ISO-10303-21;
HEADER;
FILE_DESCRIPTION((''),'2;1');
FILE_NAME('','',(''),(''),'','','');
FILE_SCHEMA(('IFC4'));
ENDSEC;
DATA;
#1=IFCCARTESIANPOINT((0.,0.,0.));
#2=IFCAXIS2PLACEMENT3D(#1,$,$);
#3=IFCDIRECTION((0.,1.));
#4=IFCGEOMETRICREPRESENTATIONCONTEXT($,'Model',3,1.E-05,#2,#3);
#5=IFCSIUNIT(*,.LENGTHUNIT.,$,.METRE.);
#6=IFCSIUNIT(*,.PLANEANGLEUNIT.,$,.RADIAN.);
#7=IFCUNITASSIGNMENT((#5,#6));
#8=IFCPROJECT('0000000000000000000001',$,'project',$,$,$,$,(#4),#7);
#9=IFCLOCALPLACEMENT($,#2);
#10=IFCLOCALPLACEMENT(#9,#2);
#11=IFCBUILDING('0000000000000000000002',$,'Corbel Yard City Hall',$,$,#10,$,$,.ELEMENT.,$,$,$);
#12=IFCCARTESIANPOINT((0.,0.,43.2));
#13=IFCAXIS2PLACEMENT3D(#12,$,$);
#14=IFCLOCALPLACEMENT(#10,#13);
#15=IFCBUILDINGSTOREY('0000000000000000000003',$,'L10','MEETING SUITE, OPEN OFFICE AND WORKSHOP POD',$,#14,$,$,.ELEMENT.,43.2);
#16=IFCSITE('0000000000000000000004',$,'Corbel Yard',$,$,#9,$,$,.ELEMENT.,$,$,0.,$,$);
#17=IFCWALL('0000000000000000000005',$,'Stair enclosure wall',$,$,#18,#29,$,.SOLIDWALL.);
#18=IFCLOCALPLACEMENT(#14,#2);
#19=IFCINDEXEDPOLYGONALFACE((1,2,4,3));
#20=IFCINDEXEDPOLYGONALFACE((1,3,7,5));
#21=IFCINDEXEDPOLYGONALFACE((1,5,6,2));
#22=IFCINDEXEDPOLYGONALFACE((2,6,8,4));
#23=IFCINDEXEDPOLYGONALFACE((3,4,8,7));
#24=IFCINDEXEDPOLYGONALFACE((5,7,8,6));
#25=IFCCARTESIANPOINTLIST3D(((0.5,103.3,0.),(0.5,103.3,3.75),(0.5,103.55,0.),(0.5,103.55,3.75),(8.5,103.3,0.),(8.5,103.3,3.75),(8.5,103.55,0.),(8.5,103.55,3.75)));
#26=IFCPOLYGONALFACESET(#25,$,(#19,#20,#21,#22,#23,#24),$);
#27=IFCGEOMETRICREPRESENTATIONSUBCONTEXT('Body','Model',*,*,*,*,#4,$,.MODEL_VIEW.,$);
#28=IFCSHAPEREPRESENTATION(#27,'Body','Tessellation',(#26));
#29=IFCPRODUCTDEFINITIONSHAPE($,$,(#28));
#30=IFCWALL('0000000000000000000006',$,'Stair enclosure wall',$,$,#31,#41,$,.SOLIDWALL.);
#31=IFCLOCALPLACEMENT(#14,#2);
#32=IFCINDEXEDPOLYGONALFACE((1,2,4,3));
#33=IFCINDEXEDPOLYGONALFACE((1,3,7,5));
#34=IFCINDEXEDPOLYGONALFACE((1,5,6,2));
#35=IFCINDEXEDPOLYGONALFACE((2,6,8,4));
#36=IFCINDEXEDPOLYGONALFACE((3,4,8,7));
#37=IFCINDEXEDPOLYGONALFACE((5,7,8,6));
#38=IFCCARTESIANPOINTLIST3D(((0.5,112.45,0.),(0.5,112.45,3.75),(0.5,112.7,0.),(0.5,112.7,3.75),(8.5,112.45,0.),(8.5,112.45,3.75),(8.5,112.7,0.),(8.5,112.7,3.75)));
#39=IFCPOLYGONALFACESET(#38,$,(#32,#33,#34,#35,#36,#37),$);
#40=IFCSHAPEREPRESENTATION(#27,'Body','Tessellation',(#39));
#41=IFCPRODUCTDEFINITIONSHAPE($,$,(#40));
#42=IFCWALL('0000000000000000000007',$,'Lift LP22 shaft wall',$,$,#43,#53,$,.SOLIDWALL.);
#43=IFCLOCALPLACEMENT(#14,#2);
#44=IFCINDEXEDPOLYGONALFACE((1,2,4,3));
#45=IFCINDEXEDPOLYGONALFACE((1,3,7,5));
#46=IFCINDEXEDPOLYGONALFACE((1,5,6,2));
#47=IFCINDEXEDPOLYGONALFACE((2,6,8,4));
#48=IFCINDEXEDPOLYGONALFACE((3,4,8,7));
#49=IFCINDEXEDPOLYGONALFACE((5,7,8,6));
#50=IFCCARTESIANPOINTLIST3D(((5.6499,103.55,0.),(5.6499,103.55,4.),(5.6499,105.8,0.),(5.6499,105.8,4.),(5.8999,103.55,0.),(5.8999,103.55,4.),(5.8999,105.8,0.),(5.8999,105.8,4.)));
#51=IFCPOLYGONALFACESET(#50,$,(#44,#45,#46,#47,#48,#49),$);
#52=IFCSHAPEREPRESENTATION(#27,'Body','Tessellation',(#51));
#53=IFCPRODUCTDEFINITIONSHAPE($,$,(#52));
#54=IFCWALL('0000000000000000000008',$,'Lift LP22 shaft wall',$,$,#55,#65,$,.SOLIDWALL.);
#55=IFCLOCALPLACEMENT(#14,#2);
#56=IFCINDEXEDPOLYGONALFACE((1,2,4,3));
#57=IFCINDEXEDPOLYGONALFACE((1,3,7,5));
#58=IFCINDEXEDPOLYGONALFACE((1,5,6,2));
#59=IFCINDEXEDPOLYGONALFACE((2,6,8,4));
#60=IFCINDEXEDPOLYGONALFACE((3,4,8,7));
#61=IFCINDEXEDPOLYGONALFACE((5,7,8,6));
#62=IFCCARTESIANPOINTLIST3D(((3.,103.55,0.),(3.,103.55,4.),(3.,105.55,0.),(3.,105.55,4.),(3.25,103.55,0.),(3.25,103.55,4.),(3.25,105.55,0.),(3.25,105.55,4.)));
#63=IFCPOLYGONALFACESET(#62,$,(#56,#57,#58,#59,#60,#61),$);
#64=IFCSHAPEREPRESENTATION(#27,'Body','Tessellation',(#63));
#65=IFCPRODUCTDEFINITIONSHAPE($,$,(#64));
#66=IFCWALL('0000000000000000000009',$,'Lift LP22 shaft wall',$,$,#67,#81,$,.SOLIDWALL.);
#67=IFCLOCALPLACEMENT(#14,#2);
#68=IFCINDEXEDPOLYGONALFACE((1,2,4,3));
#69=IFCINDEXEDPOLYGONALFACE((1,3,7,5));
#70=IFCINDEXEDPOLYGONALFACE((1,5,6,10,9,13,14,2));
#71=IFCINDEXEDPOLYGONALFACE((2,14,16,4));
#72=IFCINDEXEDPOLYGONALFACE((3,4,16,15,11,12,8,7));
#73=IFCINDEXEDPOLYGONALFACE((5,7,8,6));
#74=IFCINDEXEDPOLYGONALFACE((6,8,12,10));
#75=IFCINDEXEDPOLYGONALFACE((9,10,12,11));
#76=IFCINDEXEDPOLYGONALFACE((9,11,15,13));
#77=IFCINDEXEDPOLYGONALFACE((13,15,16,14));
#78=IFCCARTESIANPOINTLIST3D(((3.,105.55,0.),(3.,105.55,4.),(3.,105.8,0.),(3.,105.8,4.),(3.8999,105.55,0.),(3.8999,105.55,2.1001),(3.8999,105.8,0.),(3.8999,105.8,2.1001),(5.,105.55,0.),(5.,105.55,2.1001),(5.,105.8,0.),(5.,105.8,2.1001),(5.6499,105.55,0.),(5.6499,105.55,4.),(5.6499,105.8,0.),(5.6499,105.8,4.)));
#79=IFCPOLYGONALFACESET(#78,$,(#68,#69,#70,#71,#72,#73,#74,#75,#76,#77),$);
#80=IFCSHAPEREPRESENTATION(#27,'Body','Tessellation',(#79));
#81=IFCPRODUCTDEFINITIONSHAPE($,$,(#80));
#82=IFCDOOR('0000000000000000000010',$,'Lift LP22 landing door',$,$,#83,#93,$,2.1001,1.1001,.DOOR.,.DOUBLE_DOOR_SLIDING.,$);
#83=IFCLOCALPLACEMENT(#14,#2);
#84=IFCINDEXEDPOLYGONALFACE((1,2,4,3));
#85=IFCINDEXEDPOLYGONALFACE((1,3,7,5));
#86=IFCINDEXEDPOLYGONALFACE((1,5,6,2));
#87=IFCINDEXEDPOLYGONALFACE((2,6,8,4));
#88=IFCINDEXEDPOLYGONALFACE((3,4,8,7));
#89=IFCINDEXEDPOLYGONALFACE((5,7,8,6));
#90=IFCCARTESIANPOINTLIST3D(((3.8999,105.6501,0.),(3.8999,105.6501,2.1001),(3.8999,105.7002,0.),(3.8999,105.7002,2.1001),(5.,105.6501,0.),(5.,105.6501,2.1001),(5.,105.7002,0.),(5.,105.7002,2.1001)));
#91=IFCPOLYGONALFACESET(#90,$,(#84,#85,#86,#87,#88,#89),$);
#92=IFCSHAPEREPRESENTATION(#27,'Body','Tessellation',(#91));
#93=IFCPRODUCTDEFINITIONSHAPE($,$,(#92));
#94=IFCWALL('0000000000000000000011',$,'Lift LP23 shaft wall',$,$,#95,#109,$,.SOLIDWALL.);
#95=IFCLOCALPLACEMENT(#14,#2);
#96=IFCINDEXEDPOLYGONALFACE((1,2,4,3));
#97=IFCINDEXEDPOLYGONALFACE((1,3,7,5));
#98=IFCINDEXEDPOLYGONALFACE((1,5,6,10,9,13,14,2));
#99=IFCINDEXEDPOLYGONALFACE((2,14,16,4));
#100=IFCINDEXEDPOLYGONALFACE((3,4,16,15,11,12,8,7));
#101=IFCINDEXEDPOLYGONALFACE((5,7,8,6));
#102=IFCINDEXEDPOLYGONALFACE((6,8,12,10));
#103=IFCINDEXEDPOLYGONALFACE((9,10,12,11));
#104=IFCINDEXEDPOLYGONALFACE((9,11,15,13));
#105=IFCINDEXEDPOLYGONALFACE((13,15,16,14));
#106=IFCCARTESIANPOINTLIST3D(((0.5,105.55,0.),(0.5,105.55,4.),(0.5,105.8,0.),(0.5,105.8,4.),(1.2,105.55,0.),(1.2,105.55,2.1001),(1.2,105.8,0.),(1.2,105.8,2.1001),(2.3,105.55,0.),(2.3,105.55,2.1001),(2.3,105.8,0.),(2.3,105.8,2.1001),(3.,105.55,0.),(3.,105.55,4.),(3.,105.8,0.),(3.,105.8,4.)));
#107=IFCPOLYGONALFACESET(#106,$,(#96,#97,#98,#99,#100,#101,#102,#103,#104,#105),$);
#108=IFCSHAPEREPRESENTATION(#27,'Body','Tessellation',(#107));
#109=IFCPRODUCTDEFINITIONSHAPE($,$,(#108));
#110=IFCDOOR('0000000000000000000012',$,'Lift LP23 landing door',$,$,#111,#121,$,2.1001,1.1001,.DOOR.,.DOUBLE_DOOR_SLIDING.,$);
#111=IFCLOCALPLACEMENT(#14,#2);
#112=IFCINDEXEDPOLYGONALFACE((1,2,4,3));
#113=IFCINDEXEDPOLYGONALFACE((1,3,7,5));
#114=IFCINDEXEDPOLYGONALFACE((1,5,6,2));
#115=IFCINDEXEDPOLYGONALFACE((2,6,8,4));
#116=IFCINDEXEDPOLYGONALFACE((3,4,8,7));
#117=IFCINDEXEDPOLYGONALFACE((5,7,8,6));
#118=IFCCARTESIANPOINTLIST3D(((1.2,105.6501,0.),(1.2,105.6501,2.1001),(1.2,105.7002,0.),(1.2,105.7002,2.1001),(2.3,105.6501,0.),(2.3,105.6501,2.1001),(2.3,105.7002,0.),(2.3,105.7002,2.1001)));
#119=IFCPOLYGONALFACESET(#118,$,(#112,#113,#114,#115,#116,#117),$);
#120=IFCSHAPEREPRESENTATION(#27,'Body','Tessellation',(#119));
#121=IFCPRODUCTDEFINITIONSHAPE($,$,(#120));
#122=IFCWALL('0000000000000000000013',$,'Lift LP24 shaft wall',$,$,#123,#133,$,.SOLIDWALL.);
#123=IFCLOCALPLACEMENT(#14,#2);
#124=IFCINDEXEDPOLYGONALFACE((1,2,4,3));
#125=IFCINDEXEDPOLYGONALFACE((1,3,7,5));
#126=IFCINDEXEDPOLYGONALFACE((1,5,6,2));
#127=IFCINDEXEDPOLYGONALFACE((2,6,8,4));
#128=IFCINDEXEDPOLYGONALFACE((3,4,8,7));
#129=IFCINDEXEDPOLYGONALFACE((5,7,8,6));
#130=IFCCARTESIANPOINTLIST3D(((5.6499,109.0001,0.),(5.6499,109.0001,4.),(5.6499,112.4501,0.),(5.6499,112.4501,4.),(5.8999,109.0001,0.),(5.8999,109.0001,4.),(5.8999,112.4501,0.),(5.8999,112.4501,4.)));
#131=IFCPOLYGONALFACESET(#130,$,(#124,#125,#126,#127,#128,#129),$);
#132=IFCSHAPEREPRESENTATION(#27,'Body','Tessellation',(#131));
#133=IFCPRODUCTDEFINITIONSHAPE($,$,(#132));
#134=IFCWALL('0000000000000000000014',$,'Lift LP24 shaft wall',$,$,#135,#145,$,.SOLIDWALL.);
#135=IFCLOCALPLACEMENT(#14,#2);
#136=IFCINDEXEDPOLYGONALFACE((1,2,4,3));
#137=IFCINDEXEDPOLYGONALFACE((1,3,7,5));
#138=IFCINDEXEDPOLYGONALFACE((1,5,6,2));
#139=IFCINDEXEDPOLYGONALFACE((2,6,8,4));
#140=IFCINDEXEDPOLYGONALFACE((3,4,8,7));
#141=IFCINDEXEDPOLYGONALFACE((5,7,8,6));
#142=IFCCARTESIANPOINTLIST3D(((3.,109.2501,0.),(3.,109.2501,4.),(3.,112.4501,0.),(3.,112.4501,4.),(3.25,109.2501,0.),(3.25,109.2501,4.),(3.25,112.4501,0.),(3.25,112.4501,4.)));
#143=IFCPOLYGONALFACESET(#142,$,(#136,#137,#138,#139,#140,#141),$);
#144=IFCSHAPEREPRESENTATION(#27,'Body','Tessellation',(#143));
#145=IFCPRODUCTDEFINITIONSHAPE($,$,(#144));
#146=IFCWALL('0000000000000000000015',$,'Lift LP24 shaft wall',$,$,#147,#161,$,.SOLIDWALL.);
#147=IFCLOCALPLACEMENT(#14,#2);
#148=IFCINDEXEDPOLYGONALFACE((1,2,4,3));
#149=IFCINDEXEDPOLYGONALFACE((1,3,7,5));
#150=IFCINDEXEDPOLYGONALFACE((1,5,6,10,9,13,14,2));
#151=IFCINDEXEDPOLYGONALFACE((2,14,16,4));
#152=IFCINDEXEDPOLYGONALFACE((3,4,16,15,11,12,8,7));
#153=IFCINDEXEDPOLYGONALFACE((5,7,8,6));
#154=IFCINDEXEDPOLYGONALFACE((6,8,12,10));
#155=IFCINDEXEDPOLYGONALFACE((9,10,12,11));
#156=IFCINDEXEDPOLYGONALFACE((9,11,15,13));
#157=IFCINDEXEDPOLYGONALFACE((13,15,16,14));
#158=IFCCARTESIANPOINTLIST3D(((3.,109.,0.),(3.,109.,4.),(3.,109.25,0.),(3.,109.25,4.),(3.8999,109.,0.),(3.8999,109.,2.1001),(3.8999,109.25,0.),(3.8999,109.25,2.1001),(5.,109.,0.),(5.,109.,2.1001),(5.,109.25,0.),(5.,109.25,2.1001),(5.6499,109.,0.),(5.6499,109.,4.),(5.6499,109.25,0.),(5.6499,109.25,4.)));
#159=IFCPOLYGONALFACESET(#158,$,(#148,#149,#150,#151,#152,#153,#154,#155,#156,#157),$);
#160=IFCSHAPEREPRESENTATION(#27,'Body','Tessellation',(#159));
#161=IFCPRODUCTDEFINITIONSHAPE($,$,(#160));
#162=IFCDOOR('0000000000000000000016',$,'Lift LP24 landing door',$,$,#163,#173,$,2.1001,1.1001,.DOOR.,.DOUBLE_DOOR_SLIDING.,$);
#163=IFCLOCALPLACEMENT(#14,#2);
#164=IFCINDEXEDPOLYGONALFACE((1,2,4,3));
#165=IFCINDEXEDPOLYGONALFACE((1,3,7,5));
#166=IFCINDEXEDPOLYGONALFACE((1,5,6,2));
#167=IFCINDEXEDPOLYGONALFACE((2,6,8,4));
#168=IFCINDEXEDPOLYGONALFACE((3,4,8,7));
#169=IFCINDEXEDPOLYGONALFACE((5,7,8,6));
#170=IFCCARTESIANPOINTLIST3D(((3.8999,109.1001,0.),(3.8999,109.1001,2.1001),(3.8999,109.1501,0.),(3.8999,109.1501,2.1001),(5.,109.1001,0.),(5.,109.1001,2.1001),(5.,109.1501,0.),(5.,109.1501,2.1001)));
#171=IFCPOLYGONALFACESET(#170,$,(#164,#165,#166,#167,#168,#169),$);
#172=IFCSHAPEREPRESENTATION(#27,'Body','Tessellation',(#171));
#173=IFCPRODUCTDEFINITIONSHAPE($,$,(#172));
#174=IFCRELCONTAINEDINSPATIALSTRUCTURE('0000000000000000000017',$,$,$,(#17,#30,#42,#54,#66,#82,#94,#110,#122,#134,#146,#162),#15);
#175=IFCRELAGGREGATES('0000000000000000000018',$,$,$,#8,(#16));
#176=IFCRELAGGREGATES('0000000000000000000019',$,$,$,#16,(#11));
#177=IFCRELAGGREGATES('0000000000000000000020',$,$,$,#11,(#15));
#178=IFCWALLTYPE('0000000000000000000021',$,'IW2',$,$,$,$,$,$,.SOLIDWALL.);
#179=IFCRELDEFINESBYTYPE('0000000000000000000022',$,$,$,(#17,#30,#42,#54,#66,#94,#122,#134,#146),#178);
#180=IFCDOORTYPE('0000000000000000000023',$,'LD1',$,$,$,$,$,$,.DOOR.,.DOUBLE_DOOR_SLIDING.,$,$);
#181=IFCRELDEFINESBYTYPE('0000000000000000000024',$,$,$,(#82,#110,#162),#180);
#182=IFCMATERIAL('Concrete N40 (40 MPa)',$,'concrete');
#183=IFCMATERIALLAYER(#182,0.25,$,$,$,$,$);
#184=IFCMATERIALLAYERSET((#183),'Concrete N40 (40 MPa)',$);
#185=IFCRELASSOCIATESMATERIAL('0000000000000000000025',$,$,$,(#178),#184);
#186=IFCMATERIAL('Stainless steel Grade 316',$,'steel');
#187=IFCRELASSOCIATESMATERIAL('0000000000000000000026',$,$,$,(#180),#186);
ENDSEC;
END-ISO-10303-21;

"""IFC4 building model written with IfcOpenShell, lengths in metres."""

from ifc_helpers import new_model, si_unit, direction, frame, frame_2d, origin, place, context, subcontext, project, spatial, rectangle, extrude, material, layer, layer_set, type_object, element, fill, save


model = new_model("IFC4")

# Units and contexts
model_context = context("Model", 3, precision=1e-05, world=origin(), true_north=direction((0.0, 1.0)))
body_context = subcontext(model_context, "Body", "Model", "MODEL_VIEW")
ifc_project = project(units=[si_unit("LENGTHUNIT", "METRE"), si_unit("PLANEANGLEUNIT", "RADIAN")], contexts=[model_context])

# Site, building, storey
site_placement = place(None, origin())
site = spatial("IfcSite", under=ifc_project, at=site_placement, Name="Corbel Yard", CompositionType="ELEMENT", RefElevation=0.0)
building_placement = place(site_placement, origin())
building = spatial("IfcBuilding", under=site, at=building_placement, Name="Corbel Yard City Hall", CompositionType="ELEMENT")
storey_placement = place(building_placement, frame((0.0, 0.0, 43.2)))
storey = spatial("IfcBuildingStorey", under=building, at=storey_placement, Name="L10", Description="MEETING SUITE, OPEN OFFICE AND WORKSHOP POD", CompositionType="ELEMENT", Elevation=43.2)

# Walls
ifc_material_1 = material(Name="Concrete N40 (40 MPa)", Category="concrete")
ifc_layer_1 = layer(ifc_material_1, 0.25)
ifc_layer_set_1 = layer_set([ifc_layer_1], Name="Concrete N40 (40 MPa)")
wall_type_1 = type_object("IfcWallType", Name="IW2", PredefinedType="SOLIDWALL", material=ifc_layer_set_1)
for number, where, z_axis, x_axis, name in (
    (1, (8.5, 103.425, 0.0), (0.0, 0.0, 1.0), (-1.0, 0.0, 0.0), "Stair enclosure wall"),
    (2, (8.5, 112.575, 0.0), (0.0, 0.0, 1.0), (-1.0, 0.0, 0.0), "Stair enclosure wall"),
):
    element("IfcWall", number, at=place(storey_placement, frame(where, z_axis=z_axis, x_axis=x_axis)), inside=storey, type_object=wall_type_1, Name=name, PredefinedType="SOLIDWALL", context=body_context, shape_type="SweptSolid", body=[
        extrude(rectangle(XDim=8.0, YDim=0.25, at=frame_2d((4.0, 0.0))), origin(), (0.0, 0.0, 1.0), 3.75),
    ])
wall_1_placement = place(storey_placement, frame((5.7749, 103.55, 0.0), z_axis=(0.0, 0.0, 1.0), x_axis=(0.0, 1.0, 0.0)))
element("IfcWall", 3, at=wall_1_placement, inside=storey, type_object=wall_type_1, Name="Lift LP22 shaft wall", PredefinedType="SOLIDWALL", context=body_context, shape_type="SweptSolid", body=[
    extrude(rectangle(XDim=2.25, YDim=0.25, at=frame_2d((1.125, 0.0))), origin(), (0.0, 0.0, 1.0), 4.0),
])
wall_2_placement = place(storey_placement, frame((3.125, 103.55, 0.0), z_axis=(0.0, 0.0, 1.0), x_axis=(0.0, 1.0, 0.0)))
element("IfcWall", 4, at=wall_2_placement, inside=storey, type_object=wall_type_1, Name="Lift LP22 shaft wall", PredefinedType="SOLIDWALL", context=body_context, shape_type="SweptSolid", body=[
    extrude(rectangle(XDim=2.0, YDim=0.25, at=frame_2d((1.0, 0.0))), origin(), (0.0, 0.0, 1.0), 4.0),
])

# Walls, openings, doors
wall_3_placement = place(storey_placement, frame((5.6499, 105.675, 0.0), z_axis=(0.0, 0.0, 1.0), x_axis=(-1.0, 0.0, 0.0)))
wall_3 = element("IfcWall", 5, at=wall_3_placement, inside=storey, type_object=wall_type_1, Name="Lift LP22 shaft wall", PredefinedType="SOLIDWALL", context=body_context, shape_type="SweptSolid", body=[
    extrude(rectangle(XDim=2.6499, YDim=0.25, at=frame_2d((1.325, 0.0))), origin(), (0.0, 0.0, 1.0), 4.0),
])
opening_1_placement = place(wall_3_placement, frame((0.6499, 0.0, 0.0)))
opening_1 = element("IfcOpeningElement", 6, at=opening_1_placement, cuts=wall_3, PredefinedType="OPENING", context=body_context, shape_type="SweptSolid", body=[
    extrude(rectangle(XDim=1.1001, YDim=2.1001, at=frame_2d((0.55, 1.05))), frame((0.0, 0.135, 0.0), z_axis=(0.0, -1.0, 0.0), x_axis=(1.0, 0.0, 0.0)), (0.0, 0.0, 1.0), 0.27),
])
ifc_material_2 = material(Name="Stainless steel Grade 316", Category="steel")
door_type_1 = type_object("IfcDoorType", Name="LD1", OperationType="DOUBLE_DOOR_SLIDING", PredefinedType="DOOR", material=ifc_material_2)
door_1_placement = place(opening_1_placement, origin())
door_1 = element("IfcDoor", 7, at=door_1_placement, inside=storey, type_object=door_type_1, Name="Lift LP22 landing door", OperationType="DOUBLE_DOOR_SLIDING", OverallHeight=2.1001, OverallWidth=1.1001, PredefinedType="DOOR", context=body_context, shape_type="SweptSolid", body=[
    extrude(rectangle(XDim=1.1001, YDim=2.1001, at=frame_2d((0.55, 1.05))), frame((0.0, 0.0249, 0.0), z_axis=(0.0, -1.0, 0.0), x_axis=(1.0, 0.0, 0.0)), (0.0, 0.0, 1.0), 0.05),
])
fill(opening_1, door_1)
wall_4_placement = place(storey_placement, frame((3.0, 105.675, 0.0), z_axis=(0.0, 0.0, 1.0), x_axis=(-1.0, 0.0, 0.0)))
wall_4 = element("IfcWall", 8, at=wall_4_placement, inside=storey, type_object=wall_type_1, Name="Lift LP23 shaft wall", PredefinedType="SOLIDWALL", context=body_context, shape_type="SweptSolid", body=[
    extrude(rectangle(XDim=2.5, YDim=0.25, at=frame_2d((1.25, 0.0))), origin(), (0.0, 0.0, 1.0), 4.0),
])
opening_2_placement = place(wall_4_placement, frame((0.7, 0.0, 0.0)))
opening_2 = element("IfcOpeningElement", 9, at=opening_2_placement, cuts=wall_4, PredefinedType="OPENING", context=body_context, shape_type="SweptSolid", body=[
    extrude(rectangle(XDim=1.1001, YDim=2.1001, at=frame_2d((0.55, 1.05))), frame((0.0, 0.135, 0.0), z_axis=(0.0, -1.0, 0.0), x_axis=(1.0, 0.0, 0.0)), (0.0, 0.0, 1.0), 0.27),
])
door_2_placement = place(opening_2_placement, origin())
door_2 = element("IfcDoor", 10, at=door_2_placement, inside=storey, type_object=door_type_1, Name="Lift LP23 landing door", OperationType="DOUBLE_DOOR_SLIDING", OverallHeight=2.1001, OverallWidth=1.1001, PredefinedType="DOOR", context=body_context, shape_type="SweptSolid", body=[
    extrude(rectangle(XDim=1.1001, YDim=2.1001, at=frame_2d((0.55, 1.05))), frame((0.0, 0.0249, 0.0), z_axis=(0.0, -1.0, 0.0), x_axis=(1.0, 0.0, 0.0)), (0.0, 0.0, 1.0), 0.05),
])
fill(opening_2, door_2)

# Walls
wall_5_placement = place(storey_placement, frame((5.7749, 109.0, 0.0), z_axis=(0.0, 0.0, 1.0), x_axis=(0.0, 1.0, 0.0)))
element("IfcWall", 11, at=wall_5_placement, inside=storey, type_object=wall_type_1, Name="Lift LP24 shaft wall", PredefinedType="SOLIDWALL", context=body_context, shape_type="SweptSolid", body=[
    extrude(rectangle(XDim=3.45, YDim=0.25, at=frame_2d((1.7251, 0.0))), origin(), (0.0, 0.0, 1.0), 4.0),
])
wall_6_placement = place(storey_placement, frame((3.125, 109.25, 0.0), z_axis=(0.0, 0.0, 1.0), x_axis=(0.0, 1.0, 0.0)))
element("IfcWall", 12, at=wall_6_placement, inside=storey, type_object=wall_type_1, Name="Lift LP24 shaft wall", PredefinedType="SOLIDWALL", context=body_context, shape_type="SweptSolid", body=[
    extrude(rectangle(XDim=3.2, YDim=0.25, at=frame_2d((1.6001, 0.0))), origin(), (0.0, 0.0, 1.0), 4.0),
])

# Wall, opening, door
wall_7_placement = place(storey_placement, frame((5.6499, 109.125, 0.0), z_axis=(0.0, 0.0, 1.0), x_axis=(-1.0, 0.0, 0.0)))
wall_7 = element("IfcWall", 13, at=wall_7_placement, inside=storey, type_object=wall_type_1, Name="Lift LP24 shaft wall", PredefinedType="SOLIDWALL", context=body_context, shape_type="SweptSolid", body=[
    extrude(rectangle(XDim=2.6499, YDim=0.25, at=frame_2d((1.325, 0.0))), origin(), (0.0, 0.0, 1.0), 4.0),
])
opening_3_placement = place(wall_7_placement, frame((0.6499, 0.0, 0.0)))
opening_3 = element("IfcOpeningElement", 14, at=opening_3_placement, cuts=wall_7, PredefinedType="OPENING", context=body_context, shape_type="SweptSolid", body=[
    extrude(rectangle(XDim=1.1001, YDim=2.1001, at=frame_2d((0.55, 1.05))), frame((0.0, 0.135, 0.0), z_axis=(0.0, -1.0, 0.0), x_axis=(1.0, 0.0, 0.0)), (0.0, 0.0, 1.0), 0.27),
])
door_3_placement = place(opening_3_placement, origin())
door_3 = element("IfcDoor", 15, at=door_3_placement, inside=storey, type_object=door_type_1, Name="Lift LP24 landing door", OperationType="DOUBLE_DOOR_SLIDING", OverallHeight=2.1001, OverallWidth=1.1001, PredefinedType="DOOR", context=body_context, shape_type="SweptSolid", body=[
    extrude(rectangle(XDim=1.1001, YDim=2.1001, at=frame_2d((0.55, 1.05))), frame((0.0, 0.0249, 0.0), z_axis=(0.0, -1.0, 0.0), x_axis=(1.0, 0.0, 0.0)), (0.0, 0.0, 1.0), 0.05),
])
fill(opening_3, door_3)

save(model, "model.ifc")
